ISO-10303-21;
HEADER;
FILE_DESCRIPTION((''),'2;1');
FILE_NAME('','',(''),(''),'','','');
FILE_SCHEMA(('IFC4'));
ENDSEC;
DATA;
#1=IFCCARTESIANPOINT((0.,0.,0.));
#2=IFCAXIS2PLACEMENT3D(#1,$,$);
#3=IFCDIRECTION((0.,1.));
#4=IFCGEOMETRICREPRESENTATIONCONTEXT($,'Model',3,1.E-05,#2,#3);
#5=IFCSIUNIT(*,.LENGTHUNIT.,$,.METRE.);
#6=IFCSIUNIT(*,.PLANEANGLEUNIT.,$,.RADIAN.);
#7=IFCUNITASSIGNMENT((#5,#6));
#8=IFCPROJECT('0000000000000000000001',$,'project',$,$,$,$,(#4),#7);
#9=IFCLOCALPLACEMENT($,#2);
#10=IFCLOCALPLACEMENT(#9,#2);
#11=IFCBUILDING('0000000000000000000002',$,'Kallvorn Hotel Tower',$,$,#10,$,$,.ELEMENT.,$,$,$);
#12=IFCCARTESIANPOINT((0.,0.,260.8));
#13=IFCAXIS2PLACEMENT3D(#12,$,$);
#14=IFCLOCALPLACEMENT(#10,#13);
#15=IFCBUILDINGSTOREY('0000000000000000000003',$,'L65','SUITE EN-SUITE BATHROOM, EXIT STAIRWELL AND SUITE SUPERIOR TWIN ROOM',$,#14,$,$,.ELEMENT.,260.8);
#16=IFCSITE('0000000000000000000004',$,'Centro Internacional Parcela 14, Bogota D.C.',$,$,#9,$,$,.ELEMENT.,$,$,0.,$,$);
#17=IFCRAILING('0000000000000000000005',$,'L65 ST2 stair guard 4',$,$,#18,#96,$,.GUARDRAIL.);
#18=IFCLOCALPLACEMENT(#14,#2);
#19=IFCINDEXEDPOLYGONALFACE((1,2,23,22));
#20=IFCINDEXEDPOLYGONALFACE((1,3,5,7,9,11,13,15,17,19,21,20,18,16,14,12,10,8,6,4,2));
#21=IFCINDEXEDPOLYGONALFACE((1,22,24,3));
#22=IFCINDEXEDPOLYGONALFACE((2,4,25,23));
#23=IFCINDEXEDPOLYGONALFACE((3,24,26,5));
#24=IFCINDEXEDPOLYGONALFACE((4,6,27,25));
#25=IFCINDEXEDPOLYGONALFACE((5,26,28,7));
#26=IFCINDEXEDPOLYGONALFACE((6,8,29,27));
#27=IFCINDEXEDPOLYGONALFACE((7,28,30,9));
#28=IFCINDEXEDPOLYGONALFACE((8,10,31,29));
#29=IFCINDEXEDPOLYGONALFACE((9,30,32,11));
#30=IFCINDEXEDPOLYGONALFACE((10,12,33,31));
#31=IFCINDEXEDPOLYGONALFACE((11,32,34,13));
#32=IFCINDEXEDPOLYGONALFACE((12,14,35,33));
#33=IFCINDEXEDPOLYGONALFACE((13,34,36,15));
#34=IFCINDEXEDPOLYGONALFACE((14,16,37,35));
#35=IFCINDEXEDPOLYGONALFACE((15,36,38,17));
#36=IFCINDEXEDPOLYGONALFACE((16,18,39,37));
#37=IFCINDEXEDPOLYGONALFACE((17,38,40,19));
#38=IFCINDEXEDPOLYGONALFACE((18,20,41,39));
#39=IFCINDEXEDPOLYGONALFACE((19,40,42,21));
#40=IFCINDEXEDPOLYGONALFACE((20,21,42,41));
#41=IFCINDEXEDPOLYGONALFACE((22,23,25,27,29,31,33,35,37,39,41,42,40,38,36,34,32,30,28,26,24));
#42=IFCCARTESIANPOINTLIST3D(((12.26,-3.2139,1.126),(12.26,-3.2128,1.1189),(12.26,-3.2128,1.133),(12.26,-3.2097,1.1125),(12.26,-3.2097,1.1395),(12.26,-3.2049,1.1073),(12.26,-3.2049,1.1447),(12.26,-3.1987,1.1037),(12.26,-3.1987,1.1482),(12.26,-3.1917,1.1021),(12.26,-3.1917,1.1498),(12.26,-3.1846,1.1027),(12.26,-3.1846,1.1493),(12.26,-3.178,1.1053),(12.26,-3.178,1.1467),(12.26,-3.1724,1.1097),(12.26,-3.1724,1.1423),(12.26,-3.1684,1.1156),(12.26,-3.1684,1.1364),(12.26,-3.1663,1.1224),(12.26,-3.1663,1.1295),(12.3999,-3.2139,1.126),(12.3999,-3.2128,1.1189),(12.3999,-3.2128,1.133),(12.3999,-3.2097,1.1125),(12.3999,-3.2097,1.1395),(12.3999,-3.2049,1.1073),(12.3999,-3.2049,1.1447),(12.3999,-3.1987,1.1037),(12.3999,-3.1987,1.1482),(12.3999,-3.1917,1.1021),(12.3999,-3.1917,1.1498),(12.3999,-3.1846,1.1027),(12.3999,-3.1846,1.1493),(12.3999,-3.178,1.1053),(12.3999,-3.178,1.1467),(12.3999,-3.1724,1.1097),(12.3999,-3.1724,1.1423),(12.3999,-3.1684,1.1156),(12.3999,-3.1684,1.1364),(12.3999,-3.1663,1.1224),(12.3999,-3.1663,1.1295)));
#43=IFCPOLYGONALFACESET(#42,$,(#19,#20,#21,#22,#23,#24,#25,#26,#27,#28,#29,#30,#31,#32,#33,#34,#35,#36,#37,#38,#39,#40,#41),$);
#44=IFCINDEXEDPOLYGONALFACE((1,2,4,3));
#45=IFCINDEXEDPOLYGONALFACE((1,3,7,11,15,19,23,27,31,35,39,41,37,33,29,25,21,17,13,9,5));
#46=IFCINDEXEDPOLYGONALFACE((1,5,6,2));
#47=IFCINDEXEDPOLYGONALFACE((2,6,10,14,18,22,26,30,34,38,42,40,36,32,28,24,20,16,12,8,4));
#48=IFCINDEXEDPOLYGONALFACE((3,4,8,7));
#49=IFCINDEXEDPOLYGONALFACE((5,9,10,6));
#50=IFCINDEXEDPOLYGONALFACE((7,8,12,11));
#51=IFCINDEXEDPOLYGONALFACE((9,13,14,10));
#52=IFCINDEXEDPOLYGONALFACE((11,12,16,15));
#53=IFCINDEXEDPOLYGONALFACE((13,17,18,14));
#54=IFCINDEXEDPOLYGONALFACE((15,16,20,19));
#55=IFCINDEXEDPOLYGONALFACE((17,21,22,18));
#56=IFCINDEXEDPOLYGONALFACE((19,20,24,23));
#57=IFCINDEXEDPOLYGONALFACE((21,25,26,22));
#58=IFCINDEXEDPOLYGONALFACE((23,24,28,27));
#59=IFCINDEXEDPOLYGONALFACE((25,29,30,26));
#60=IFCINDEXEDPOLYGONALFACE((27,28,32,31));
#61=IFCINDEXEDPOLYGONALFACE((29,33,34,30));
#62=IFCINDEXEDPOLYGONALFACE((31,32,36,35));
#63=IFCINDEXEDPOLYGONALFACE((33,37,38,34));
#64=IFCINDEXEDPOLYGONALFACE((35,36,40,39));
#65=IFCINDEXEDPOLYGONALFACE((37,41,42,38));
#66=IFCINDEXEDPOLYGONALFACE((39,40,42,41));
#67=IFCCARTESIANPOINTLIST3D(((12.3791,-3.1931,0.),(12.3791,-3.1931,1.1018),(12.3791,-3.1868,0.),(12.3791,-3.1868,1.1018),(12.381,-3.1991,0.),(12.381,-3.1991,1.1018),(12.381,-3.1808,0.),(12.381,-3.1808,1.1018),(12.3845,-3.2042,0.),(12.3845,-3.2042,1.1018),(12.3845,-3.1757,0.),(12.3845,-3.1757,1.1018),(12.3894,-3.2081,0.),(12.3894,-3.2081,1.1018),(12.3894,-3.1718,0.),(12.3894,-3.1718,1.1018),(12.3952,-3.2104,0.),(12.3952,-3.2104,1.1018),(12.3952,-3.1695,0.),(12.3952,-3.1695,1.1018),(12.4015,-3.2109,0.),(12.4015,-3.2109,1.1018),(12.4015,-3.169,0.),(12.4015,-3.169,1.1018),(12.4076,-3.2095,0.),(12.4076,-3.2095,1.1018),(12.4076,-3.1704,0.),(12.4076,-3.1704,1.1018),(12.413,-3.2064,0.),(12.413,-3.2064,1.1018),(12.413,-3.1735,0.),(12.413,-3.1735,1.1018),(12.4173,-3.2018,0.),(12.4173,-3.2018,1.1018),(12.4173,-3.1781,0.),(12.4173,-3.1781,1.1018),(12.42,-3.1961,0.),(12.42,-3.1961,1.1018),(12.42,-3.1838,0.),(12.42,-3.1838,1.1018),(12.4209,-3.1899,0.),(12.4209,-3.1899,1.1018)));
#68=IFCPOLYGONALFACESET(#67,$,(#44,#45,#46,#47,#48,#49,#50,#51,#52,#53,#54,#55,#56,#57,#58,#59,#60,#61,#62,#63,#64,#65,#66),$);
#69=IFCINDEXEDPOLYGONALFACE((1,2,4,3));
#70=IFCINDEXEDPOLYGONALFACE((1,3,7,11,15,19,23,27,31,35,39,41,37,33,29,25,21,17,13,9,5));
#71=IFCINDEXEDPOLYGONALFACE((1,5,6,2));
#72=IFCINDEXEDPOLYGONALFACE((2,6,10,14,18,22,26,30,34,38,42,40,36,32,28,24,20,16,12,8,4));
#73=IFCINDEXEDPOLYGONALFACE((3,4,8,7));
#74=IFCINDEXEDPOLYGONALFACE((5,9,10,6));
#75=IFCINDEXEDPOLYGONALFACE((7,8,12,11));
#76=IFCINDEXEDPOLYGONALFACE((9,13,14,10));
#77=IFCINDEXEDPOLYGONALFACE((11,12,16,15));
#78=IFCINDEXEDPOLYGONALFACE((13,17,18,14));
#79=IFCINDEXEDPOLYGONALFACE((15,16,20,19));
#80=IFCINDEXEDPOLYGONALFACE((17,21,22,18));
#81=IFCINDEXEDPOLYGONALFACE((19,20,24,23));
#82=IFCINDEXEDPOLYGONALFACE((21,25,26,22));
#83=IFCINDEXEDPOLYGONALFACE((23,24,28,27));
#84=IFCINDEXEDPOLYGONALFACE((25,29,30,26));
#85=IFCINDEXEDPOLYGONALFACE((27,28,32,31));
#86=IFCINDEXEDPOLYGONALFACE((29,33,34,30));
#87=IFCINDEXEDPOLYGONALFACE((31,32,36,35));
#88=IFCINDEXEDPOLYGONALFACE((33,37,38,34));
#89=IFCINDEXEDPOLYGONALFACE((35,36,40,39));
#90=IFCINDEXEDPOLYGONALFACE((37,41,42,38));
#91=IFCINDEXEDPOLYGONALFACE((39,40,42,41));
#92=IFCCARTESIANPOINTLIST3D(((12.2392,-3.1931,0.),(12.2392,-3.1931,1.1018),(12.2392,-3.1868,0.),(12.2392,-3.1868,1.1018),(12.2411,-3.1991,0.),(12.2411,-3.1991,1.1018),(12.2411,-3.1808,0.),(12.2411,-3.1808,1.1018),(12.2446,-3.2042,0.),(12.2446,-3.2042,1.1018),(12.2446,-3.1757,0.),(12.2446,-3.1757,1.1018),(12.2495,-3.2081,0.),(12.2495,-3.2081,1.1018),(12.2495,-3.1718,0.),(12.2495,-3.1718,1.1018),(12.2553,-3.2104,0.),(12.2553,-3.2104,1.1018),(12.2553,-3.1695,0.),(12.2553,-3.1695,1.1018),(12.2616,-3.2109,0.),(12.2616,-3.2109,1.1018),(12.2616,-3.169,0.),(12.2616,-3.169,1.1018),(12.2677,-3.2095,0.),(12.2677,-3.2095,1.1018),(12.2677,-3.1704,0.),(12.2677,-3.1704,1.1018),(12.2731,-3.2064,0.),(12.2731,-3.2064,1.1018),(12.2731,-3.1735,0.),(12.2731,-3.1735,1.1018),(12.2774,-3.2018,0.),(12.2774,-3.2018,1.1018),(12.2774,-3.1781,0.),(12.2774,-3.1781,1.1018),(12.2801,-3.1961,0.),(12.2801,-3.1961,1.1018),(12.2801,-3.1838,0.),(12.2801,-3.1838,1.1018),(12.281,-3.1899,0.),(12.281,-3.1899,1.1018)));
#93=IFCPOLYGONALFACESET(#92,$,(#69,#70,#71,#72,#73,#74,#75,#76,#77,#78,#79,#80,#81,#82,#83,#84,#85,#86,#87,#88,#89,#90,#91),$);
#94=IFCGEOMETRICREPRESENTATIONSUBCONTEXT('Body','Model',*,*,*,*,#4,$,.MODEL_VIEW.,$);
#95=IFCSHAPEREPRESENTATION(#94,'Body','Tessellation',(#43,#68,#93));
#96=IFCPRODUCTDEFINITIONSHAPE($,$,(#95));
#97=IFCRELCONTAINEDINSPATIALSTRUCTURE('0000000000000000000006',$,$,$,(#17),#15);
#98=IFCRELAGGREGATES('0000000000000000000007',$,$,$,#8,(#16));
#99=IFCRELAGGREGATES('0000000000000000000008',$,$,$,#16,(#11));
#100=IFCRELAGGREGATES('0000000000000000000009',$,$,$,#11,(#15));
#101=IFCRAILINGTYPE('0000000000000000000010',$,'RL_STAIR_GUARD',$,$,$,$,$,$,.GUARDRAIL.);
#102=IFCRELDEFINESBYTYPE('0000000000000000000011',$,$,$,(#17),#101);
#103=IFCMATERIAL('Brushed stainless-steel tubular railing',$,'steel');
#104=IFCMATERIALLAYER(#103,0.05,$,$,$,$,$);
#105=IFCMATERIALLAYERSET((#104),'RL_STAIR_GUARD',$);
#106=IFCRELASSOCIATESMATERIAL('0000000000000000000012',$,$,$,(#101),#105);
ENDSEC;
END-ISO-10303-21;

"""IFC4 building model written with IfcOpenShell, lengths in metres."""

from ifc_helpers import new_model, si_unit, direction, frame, origin, origin_2d, place, context, subcontext, project, spatial, circle, extrude, material, layer, layer_set, type_object, element, save


model = new_model("IFC4")

# Units and contexts
model_context = context("Model", 3, precision=1e-05, world=origin(), true_north=direction((0.0, 1.0)))
body_context = subcontext(model_context, "Body", "Model", "MODEL_VIEW")
ifc_project = project(units=[si_unit("LENGTHUNIT", "METRE"), si_unit("PLANEANGLEUNIT", "RADIAN")], contexts=[model_context])

# Site, building, storey
site_placement = place(None, origin())
site = spatial("IfcSite", under=ifc_project, at=site_placement, Name="Centro Internacional Parcela 14, Bogota D.C.", CompositionType="ELEMENT", RefElevation=0.0)
building_placement = place(site_placement, origin())
building = spatial("IfcBuilding", under=site, at=building_placement, Name="Kallvorn Hotel Tower", CompositionType="ELEMENT")
storey_placement = place(building_placement, frame((0.0, 0.0, 260.8)))
storey = spatial("IfcBuildingStorey", under=building, at=storey_placement, Name="L65", Description="SUITE EN-SUITE BATHROOM, EXIT STAIRWELL AND SUITE SUPERIOR TWIN ROOM", CompositionType="ELEMENT", Elevation=260.8)

# Railing
ifc_material_1 = material(Name="Brushed stainless-steel tubular railing", Category="steel")
ifc_layer_1 = layer(ifc_material_1, 0.05)
ifc_layer_set_1 = layer_set([ifc_layer_1], Name="RL_STAIR_GUARD")
railing_type_1 = type_object("IfcRailingType", Name="RL_STAIR_GUARD", PredefinedType="GUARDRAIL", material=ifc_layer_set_1)
railing_1_placement = place(storey_placement, frame((12.3999, -3.1899, 0.0)))
element("IfcRailing", 1, at=railing_1_placement, inside=storey, type_object=railing_type_1, Name="L65 ST2 stair guard 4", PredefinedType="GUARDRAIL", context=body_context, shape_type="SweptSolid", body=[
    extrude(circle(Radius=0.0239, at=origin_2d()), frame((0.0, 0.0, 1.126), z_axis=(-1.0, 0.0, 0.0), x_axis=(0.0, -1.0, 0.0)), (0.0, 0.0, 1.0), 0.1399),
    extrude(circle(Radius=0.021, at=origin_2d()), origin(), (0.0, 0.0, 1.0), 1.1018),
    extrude(circle(Radius=0.021, at=origin_2d()), frame((-0.1399, 0.0, 0.0)), (0.0, 0.0, 1.0), 1.1018),
])

save(model, "model.ifc")
